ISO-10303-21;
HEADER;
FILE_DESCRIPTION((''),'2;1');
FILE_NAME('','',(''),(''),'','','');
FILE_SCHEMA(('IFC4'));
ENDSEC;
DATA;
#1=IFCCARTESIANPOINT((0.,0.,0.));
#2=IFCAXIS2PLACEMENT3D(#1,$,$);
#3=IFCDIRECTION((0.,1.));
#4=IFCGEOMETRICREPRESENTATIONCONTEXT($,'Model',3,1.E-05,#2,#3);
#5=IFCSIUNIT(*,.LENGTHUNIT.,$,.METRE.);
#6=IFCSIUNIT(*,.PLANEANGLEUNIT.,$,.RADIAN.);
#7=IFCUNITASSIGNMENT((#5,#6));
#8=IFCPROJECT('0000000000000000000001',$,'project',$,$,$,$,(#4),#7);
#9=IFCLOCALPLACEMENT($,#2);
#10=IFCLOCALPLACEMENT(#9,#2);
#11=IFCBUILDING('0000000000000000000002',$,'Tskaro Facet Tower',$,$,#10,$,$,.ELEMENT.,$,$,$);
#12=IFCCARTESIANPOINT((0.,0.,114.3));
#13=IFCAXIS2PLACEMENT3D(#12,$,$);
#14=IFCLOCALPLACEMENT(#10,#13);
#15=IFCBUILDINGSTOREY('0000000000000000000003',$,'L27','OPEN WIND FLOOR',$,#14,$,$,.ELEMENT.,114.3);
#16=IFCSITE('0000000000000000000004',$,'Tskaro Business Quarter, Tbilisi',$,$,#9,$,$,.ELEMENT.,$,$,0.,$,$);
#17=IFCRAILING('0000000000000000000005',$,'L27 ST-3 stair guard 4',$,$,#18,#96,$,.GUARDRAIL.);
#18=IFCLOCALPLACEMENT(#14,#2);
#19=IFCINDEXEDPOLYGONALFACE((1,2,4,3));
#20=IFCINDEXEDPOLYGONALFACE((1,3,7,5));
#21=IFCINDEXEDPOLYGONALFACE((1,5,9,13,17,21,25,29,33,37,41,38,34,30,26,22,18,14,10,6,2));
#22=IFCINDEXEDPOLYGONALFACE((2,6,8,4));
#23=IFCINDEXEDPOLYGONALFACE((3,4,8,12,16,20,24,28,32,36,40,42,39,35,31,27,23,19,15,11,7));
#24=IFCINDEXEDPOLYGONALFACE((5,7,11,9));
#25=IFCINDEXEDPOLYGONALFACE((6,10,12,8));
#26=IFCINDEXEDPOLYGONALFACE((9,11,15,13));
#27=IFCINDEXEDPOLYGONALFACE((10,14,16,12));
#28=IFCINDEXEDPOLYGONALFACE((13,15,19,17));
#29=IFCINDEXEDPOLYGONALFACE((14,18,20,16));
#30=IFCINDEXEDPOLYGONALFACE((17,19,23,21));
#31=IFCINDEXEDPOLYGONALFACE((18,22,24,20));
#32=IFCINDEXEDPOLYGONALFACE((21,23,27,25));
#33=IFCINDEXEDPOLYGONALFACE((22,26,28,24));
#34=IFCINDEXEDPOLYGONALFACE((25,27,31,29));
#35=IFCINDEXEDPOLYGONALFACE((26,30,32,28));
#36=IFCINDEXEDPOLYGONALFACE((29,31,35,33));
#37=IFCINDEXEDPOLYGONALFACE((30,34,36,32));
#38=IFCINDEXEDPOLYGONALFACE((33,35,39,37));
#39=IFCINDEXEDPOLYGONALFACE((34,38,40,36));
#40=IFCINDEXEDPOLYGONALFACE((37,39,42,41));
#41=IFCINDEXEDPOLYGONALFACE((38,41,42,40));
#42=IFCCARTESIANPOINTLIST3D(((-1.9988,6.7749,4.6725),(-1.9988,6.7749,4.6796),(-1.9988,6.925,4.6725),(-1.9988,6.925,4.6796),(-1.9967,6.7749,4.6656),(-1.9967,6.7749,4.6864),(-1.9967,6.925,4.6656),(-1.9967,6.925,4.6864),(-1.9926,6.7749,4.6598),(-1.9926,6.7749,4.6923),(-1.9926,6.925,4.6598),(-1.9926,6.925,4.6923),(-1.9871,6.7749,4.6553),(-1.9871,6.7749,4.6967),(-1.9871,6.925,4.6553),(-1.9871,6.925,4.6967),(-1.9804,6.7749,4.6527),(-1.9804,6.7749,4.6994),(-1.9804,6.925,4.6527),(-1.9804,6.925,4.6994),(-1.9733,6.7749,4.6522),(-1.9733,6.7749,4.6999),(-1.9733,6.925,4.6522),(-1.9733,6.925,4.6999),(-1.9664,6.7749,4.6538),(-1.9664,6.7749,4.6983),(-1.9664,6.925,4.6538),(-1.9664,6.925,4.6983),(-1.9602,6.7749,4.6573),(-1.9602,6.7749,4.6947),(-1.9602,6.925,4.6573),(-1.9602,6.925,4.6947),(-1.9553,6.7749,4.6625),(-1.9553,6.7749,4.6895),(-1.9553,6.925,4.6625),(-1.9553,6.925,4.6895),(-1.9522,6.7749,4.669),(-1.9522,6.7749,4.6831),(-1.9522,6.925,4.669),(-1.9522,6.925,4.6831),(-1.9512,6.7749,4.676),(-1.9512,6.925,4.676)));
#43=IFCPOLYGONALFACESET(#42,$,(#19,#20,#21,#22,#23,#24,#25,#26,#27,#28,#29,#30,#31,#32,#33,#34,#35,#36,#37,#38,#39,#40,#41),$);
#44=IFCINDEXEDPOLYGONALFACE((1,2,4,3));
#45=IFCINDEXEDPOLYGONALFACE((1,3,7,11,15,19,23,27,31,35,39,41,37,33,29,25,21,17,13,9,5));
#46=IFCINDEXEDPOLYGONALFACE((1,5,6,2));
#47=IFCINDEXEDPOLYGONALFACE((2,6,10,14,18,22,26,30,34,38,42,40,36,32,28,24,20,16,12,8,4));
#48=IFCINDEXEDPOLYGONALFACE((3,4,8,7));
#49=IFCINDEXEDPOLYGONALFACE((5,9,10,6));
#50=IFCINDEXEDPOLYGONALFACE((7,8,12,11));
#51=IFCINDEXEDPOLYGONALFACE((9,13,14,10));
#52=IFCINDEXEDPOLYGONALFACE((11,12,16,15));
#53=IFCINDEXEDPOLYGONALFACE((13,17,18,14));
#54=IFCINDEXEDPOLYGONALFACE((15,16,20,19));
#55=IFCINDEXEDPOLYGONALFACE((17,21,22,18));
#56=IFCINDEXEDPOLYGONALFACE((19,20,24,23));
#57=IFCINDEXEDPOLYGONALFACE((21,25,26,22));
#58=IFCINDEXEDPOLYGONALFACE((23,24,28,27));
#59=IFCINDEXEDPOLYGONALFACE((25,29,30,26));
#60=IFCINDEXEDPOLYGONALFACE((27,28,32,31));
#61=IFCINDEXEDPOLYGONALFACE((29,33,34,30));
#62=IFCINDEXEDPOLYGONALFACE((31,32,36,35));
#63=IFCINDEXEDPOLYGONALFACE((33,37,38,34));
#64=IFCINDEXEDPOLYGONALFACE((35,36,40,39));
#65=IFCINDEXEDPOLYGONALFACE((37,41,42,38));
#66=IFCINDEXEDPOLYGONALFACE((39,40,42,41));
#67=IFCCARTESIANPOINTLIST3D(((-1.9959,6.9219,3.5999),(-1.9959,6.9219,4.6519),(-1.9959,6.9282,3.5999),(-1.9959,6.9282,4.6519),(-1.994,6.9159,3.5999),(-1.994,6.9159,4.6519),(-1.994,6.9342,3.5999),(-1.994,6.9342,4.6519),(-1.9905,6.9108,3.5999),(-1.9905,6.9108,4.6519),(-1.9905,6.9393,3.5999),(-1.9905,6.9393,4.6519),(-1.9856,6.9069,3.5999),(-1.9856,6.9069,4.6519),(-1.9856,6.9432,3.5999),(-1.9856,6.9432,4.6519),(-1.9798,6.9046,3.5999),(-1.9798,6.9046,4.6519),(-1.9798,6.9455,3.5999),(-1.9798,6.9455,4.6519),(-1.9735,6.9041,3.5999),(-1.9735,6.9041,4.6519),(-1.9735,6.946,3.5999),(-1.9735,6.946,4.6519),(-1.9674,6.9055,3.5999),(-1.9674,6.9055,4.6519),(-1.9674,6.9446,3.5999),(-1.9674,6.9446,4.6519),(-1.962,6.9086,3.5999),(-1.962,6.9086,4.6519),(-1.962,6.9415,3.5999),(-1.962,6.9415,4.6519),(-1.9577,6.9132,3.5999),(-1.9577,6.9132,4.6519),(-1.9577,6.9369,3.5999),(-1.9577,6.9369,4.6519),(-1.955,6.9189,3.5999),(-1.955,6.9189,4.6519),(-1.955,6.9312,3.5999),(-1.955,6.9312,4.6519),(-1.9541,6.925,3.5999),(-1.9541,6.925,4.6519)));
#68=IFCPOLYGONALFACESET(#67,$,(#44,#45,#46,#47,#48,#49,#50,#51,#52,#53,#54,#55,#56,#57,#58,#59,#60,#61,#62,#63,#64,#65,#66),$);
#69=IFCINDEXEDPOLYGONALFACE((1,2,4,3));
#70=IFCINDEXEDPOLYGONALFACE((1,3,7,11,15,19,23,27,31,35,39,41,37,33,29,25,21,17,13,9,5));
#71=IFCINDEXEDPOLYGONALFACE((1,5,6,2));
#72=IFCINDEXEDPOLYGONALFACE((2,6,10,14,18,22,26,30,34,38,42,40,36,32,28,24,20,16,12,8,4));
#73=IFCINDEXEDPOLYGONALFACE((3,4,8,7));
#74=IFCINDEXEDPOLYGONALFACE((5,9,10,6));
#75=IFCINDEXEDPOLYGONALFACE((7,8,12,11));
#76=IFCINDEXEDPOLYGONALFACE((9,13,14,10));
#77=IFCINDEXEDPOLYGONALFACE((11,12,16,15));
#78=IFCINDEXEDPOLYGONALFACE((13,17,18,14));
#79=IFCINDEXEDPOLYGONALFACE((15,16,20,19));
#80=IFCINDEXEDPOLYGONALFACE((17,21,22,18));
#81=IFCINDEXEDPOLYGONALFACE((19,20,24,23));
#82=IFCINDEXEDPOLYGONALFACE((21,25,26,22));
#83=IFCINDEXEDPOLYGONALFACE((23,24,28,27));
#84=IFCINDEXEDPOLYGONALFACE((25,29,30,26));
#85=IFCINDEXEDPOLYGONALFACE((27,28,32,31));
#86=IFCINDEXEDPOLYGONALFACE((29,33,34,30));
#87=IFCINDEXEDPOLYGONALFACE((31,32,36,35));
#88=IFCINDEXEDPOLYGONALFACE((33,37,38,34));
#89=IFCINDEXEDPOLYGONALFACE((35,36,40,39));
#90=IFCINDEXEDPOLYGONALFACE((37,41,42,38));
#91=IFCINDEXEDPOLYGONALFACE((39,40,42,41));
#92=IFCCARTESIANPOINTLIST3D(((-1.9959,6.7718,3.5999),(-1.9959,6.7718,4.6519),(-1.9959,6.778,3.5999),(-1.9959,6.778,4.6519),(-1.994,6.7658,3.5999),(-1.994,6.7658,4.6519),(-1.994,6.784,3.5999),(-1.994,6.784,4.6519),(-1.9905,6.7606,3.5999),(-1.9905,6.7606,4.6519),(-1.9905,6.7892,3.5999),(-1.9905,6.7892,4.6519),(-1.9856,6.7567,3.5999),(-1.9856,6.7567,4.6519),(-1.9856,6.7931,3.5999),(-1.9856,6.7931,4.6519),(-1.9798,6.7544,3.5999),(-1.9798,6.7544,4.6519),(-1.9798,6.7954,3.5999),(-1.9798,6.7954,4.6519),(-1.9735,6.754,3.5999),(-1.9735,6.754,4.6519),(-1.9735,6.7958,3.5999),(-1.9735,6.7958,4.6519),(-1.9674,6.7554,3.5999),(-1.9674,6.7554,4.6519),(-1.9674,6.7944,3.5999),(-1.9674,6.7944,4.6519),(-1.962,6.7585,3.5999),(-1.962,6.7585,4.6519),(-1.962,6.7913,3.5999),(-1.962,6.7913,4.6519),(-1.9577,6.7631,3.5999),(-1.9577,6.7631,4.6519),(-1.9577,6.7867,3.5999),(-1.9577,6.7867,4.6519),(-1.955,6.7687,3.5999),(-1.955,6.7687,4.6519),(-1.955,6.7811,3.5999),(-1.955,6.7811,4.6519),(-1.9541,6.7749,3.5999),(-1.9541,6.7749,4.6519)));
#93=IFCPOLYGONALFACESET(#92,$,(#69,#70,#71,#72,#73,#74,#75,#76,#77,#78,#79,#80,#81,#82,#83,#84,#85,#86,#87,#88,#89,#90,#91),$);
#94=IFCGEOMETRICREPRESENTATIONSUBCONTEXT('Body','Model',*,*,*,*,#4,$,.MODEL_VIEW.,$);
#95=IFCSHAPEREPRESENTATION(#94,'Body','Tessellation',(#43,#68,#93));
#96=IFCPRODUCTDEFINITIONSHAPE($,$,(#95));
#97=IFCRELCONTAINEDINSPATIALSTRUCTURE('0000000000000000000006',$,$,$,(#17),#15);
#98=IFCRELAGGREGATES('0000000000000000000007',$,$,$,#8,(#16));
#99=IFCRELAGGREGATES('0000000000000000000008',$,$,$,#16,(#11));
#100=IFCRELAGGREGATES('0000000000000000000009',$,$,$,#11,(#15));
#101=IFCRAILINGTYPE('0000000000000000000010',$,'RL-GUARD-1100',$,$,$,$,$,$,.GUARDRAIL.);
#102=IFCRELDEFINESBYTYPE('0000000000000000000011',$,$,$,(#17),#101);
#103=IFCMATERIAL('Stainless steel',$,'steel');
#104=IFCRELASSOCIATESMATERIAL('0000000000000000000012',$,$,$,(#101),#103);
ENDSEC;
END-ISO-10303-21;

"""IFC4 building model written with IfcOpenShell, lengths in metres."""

from ifc_helpers import new_model, si_unit, direction, frame, origin, origin_2d, place, context, subcontext, project, spatial, circle, extrude, material, type_object, element, save


model = new_model("IFC4")

# Units and contexts
model_context = context("Model", 3, precision=1e-05, world=origin(), true_north=direction((0.0, 1.0)))
body_context = subcontext(model_context, "Body", "Model", "MODEL_VIEW")
ifc_project = project(units=[si_unit("LENGTHUNIT", "METRE"), si_unit("PLANEANGLEUNIT", "RADIAN")], contexts=[model_context])

# Site, building, storey
site_placement = place(None, origin())
site = spatial("IfcSite", under=ifc_project, at=site_placement, Name="Tskaro Business Quarter, Tbilisi", CompositionType="ELEMENT", RefElevation=0.0)
building_placement = place(site_placement, origin())
building = spatial("IfcBuilding", under=site, at=building_placement, Name="Tskaro Facet Tower", CompositionType="ELEMENT")
storey_placement = place(building_placement, frame((0.0, 0.0, 114.3)))
storey = spatial("IfcBuildingStorey", under=building, at=storey_placement, Name="L27", Description="OPEN WIND FLOOR", CompositionType="ELEMENT", Elevation=114.3)

# Railing
ifc_material_1 = material(Name="Stainless steel", Category="steel")
railing_type_1 = type_object("IfcRailingType", Name="RL-GUARD-1100", PredefinedType="GUARDRAIL", material=ifc_material_1)
railing_1_placement = place(storey_placement, frame((-1.9751, 6.925, 3.5999)))
element("IfcRailing", 1, at=railing_1_placement, inside=storey, type_object=railing_type_1, Name="L27 ST-3 stair guard 4", PredefinedType="GUARDRAIL", context=body_context, shape_type="SweptSolid", body=[
    extrude(circle(Radius=0.0239, at=origin_2d()), frame((0.0, 0.0, 1.0762), z_axis=(0.0, -1.0, 0.0), x_axis=(1.0, 0.0, 0.0)), (0.0, 0.0, 1.0), 0.1501),
    extrude(circle(Radius=0.021, at=origin_2d()), origin(), (0.0, 0.0, 1.0), 1.052),
    extrude(circle(Radius=0.021, at=origin_2d()), frame((0.0, -0.1501, 0.0)), (0.0, 0.0, 1.0), 1.052),
])

save(model, "model.ifc")
